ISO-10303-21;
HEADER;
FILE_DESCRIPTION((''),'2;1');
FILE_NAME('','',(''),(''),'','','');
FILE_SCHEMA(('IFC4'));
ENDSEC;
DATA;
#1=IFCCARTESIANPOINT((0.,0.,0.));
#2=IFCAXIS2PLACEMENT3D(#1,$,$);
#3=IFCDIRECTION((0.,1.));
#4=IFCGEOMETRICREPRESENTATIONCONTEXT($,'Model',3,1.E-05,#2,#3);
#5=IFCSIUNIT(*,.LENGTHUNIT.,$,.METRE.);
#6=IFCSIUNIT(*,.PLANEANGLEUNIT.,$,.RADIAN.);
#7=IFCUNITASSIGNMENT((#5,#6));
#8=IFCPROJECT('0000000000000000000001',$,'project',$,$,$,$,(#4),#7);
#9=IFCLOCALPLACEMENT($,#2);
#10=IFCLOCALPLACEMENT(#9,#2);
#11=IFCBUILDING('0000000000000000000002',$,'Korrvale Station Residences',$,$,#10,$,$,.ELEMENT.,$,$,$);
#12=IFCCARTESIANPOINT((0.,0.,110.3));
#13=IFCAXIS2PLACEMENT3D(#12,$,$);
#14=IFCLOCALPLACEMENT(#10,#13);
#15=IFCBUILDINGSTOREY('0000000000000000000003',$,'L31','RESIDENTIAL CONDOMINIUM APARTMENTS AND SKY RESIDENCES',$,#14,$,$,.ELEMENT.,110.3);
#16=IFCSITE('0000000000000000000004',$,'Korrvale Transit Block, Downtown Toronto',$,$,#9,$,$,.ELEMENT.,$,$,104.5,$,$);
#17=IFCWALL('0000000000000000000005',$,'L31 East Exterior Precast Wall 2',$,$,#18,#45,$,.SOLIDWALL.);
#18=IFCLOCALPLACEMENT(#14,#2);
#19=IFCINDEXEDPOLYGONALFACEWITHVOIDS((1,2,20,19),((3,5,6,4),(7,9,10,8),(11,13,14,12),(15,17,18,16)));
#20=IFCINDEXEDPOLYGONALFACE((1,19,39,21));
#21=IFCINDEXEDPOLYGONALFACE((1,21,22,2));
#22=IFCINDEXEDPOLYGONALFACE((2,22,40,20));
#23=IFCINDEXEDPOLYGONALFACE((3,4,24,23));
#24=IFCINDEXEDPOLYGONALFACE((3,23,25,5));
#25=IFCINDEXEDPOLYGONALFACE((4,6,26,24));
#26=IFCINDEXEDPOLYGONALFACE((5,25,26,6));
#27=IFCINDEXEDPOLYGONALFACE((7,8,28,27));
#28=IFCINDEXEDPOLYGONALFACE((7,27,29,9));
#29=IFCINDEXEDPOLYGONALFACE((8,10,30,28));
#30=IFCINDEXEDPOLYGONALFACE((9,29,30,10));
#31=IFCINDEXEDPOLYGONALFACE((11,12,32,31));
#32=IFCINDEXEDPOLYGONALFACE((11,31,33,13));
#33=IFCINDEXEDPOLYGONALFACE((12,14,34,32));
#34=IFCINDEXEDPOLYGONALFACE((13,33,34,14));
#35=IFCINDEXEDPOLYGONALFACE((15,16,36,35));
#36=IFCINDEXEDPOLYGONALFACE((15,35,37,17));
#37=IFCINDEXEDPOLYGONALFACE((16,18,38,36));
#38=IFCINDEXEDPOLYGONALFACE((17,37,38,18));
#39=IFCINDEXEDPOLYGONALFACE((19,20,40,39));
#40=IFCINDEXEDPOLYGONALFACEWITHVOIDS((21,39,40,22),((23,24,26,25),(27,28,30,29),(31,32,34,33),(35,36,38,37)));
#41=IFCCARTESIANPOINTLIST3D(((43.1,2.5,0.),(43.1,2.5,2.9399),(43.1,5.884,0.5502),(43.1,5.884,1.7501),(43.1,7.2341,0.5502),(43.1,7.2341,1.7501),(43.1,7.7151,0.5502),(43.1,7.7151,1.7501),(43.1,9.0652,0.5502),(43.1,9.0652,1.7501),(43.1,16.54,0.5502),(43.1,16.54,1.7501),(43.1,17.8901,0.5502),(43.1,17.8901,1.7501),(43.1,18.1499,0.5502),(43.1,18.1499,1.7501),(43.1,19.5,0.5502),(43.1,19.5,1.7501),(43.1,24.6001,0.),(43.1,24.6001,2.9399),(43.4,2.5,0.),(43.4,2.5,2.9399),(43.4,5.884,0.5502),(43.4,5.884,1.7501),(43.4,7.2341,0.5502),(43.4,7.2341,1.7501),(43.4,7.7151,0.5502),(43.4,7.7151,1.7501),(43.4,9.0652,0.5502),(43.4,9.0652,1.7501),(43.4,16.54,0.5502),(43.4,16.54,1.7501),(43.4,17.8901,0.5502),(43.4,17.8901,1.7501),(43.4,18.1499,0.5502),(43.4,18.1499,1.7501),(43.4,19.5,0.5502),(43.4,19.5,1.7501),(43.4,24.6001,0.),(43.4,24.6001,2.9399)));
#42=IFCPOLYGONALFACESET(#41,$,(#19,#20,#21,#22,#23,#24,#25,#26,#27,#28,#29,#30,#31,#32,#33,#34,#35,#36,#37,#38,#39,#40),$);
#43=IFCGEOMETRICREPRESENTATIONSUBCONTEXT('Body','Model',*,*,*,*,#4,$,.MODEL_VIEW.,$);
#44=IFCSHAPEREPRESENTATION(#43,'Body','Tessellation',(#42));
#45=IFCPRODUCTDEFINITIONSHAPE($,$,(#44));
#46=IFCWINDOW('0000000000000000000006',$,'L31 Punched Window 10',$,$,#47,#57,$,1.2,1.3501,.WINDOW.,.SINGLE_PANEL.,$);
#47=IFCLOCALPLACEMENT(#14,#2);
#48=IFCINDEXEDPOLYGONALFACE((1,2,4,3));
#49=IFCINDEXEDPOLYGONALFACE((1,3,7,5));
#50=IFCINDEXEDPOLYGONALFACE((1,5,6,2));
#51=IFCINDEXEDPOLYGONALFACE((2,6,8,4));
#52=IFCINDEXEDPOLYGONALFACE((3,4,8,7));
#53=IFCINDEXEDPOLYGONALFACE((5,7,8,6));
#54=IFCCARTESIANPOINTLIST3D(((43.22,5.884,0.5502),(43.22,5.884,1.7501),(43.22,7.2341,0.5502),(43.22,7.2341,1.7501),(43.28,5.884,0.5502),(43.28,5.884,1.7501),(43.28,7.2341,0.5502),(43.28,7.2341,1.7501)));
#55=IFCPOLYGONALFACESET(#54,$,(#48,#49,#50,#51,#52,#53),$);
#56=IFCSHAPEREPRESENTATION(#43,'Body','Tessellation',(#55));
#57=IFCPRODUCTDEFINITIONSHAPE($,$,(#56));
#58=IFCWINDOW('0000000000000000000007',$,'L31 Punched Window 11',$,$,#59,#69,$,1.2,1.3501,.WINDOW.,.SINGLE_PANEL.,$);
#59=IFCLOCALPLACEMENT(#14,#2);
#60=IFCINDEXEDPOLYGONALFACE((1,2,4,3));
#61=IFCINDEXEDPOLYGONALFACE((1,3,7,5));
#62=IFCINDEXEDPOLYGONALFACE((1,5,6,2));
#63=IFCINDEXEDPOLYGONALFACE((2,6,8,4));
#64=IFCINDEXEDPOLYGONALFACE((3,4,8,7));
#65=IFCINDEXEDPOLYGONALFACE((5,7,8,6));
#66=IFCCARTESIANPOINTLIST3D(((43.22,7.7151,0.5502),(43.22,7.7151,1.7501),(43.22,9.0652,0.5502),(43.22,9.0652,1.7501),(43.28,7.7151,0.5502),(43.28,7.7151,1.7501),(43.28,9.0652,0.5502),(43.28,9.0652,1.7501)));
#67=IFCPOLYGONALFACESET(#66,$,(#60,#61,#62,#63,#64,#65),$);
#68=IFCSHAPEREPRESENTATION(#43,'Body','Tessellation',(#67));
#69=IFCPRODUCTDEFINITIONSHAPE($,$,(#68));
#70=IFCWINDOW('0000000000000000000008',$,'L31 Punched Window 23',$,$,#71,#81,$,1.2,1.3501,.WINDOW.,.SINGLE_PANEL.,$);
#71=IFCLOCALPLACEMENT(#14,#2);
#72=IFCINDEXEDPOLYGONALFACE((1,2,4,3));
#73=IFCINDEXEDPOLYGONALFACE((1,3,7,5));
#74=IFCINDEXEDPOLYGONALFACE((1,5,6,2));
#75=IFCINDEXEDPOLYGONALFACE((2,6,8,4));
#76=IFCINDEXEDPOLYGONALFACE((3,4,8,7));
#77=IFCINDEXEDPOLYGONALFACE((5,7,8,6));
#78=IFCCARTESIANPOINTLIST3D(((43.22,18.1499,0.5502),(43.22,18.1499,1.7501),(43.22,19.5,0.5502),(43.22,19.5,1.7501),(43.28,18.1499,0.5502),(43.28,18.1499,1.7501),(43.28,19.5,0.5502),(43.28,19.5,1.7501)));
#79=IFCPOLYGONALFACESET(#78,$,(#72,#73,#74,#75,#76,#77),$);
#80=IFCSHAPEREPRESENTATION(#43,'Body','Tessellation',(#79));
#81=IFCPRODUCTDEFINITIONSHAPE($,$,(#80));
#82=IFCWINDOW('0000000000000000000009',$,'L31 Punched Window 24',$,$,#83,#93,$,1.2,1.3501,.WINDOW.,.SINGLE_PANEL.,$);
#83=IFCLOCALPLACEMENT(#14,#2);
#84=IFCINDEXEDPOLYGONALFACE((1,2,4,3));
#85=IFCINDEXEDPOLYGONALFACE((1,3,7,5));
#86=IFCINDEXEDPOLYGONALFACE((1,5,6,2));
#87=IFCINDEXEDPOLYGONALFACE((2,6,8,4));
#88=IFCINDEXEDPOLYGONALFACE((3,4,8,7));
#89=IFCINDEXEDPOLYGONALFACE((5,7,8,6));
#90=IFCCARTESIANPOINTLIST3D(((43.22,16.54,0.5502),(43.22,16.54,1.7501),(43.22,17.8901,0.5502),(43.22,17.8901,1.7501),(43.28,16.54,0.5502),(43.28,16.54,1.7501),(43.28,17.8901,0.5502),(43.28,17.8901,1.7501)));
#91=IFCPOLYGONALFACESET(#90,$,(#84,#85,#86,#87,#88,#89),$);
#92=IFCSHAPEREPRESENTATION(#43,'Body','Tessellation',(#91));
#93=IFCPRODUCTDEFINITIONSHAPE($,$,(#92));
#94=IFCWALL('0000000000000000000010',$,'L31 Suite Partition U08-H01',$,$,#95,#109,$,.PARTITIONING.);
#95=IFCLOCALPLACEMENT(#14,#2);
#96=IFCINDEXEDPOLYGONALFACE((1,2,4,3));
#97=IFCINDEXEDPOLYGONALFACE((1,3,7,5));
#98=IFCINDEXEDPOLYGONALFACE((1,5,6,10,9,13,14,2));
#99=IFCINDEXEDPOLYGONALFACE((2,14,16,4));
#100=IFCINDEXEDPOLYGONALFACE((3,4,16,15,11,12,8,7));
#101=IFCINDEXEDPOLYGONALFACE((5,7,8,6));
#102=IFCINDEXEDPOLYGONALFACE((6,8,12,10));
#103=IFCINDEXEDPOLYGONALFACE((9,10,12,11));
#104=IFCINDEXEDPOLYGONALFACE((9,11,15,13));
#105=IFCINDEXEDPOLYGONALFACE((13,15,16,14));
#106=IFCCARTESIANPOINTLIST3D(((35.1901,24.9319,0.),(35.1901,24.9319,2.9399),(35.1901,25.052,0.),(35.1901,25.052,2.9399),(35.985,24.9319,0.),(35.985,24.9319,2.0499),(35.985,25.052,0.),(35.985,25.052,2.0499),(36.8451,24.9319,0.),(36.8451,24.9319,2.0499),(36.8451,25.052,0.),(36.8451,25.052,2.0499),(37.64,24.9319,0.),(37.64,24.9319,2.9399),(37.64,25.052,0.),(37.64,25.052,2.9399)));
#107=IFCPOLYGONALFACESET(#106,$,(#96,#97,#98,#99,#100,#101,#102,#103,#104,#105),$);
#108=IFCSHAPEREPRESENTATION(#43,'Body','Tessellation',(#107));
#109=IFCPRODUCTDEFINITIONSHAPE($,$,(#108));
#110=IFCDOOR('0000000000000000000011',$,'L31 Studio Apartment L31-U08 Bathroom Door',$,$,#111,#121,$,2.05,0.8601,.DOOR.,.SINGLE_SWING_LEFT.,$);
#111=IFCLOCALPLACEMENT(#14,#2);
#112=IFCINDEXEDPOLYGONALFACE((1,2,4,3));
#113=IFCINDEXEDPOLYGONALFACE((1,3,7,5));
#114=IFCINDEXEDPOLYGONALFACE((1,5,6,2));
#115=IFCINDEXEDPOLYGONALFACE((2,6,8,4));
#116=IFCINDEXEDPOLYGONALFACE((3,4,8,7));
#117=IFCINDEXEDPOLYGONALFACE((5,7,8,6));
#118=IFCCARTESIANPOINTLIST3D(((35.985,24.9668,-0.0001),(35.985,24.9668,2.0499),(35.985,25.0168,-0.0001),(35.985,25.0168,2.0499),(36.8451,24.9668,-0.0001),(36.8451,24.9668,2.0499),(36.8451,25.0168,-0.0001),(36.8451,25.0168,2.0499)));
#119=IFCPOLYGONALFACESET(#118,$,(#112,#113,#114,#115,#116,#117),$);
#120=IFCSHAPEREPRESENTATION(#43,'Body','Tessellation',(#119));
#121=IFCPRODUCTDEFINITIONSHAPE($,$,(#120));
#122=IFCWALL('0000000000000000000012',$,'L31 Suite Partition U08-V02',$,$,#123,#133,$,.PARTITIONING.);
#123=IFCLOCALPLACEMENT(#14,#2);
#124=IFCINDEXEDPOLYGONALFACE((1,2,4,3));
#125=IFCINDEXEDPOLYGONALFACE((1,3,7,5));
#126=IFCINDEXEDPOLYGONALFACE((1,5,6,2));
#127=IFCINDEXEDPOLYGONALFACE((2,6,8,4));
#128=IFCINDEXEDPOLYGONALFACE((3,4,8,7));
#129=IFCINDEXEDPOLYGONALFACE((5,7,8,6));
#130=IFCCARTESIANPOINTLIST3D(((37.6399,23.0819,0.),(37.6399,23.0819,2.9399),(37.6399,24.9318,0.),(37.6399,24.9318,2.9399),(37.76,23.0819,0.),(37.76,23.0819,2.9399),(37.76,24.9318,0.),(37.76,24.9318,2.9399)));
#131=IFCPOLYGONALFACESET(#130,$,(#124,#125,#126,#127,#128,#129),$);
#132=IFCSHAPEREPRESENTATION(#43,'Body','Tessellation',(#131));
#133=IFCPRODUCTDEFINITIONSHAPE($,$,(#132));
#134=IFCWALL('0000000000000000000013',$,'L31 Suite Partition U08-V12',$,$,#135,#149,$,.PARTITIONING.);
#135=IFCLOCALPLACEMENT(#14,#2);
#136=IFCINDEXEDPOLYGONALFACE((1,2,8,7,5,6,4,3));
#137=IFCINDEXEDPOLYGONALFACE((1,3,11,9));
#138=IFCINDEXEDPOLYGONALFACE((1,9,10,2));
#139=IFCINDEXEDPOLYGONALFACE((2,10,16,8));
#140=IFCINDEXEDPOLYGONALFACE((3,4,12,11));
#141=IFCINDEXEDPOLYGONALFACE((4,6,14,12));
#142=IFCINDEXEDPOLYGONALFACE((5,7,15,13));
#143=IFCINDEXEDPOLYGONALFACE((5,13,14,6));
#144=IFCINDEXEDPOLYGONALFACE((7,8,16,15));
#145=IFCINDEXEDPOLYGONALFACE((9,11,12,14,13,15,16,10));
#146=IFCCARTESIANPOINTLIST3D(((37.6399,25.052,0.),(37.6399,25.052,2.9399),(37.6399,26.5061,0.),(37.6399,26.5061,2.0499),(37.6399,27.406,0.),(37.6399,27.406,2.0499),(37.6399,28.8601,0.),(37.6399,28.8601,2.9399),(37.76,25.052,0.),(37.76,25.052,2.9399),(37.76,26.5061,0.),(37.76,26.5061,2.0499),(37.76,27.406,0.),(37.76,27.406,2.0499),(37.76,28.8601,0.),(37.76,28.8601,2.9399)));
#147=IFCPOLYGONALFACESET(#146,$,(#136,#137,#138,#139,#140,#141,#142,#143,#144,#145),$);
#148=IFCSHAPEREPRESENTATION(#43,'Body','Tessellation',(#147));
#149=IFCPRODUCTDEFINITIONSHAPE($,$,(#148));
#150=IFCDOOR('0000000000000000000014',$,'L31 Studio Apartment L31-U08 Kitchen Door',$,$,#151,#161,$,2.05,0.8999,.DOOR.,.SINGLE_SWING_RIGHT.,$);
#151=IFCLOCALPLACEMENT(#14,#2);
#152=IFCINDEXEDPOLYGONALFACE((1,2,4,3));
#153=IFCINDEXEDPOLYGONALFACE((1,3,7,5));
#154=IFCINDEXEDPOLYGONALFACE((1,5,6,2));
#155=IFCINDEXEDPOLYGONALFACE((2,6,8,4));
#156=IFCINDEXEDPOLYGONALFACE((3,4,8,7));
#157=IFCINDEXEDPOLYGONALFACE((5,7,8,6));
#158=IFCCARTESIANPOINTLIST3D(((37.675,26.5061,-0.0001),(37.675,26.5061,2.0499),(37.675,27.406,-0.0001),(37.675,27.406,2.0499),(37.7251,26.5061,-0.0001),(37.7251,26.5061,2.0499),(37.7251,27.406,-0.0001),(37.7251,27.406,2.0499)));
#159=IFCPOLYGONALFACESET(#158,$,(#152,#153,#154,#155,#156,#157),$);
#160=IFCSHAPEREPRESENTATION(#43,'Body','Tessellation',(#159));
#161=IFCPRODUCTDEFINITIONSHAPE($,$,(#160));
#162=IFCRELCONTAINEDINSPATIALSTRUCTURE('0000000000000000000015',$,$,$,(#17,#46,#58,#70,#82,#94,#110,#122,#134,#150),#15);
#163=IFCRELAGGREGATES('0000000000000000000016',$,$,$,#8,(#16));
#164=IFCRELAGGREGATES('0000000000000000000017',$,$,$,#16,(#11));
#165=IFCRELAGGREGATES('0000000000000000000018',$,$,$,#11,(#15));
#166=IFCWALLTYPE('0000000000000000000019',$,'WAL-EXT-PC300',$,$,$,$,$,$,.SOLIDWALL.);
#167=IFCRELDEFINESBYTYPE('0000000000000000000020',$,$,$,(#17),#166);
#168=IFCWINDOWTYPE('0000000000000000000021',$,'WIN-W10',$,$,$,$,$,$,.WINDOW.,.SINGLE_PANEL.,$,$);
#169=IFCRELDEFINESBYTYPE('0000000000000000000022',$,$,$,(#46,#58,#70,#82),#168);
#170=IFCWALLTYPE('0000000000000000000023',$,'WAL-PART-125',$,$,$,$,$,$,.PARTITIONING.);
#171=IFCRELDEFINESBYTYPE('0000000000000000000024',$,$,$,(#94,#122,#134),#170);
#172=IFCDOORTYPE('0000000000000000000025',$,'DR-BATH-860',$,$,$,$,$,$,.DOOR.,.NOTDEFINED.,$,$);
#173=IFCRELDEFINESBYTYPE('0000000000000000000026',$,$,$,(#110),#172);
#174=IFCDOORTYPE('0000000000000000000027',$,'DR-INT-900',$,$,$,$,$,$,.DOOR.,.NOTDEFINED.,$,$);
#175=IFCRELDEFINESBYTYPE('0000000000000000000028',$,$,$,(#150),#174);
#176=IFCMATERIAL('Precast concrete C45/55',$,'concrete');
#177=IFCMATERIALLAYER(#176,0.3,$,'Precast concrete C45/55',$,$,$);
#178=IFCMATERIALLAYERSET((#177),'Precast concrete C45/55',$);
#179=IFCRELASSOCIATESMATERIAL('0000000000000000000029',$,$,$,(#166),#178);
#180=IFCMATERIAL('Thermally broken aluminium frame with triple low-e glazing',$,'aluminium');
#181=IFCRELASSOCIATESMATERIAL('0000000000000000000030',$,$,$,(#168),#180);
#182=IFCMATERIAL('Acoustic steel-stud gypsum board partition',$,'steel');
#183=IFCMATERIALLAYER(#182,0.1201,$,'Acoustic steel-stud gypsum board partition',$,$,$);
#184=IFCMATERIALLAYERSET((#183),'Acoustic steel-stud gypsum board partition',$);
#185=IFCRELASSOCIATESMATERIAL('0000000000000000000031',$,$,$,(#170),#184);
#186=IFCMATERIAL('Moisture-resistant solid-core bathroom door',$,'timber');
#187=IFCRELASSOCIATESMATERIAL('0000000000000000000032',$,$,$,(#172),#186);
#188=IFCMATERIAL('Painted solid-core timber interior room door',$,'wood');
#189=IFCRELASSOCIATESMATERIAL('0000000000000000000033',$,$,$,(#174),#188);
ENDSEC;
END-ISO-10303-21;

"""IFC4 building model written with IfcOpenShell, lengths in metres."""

from ifc_helpers import new_model, si_unit, direction, frame, frame_2d, origin, place, context, subcontext, project, spatial, rectangle, extrude, material, layer, layer_set, type_object, element, fill, save


model = new_model("IFC4")

# Units and contexts
model_context = context("Model", 3, precision=1e-05, world=origin(), true_north=direction((0.0, 1.0)))
body_context = subcontext(model_context, "Body", "Model", "MODEL_VIEW")
ifc_project = project(units=[si_unit("LENGTHUNIT", "METRE"), si_unit("PLANEANGLEUNIT", "RADIAN")], contexts=[model_context])

# Site, building, storey
site_placement = place(None, origin())
site = spatial("IfcSite", under=ifc_project, at=site_placement, Name="Korrvale Transit Block, Downtown Toronto", CompositionType="ELEMENT", RefElevation=104.5)
building_placement = place(site_placement, origin())
building = spatial("IfcBuilding", under=site, at=building_placement, Name="Korrvale Station Residences", CompositionType="ELEMENT")
storey_placement = place(building_placement, frame((0.0, 0.0, 110.3)))
storey = spatial("IfcBuildingStorey", under=building, at=storey_placement, Name="L31", Description="RESIDENTIAL CONDOMINIUM APARTMENTS AND SKY RESIDENCES", CompositionType="ELEMENT", Elevation=110.3)

# Shared definitions
ifc_material_1 = material(Name="Precast concrete C45/55", Category="concrete")

# Shared definitions
ifc_material_2 = material(Name="Thermally broken aluminium frame with triple low-e glazing", Category="aluminium")

# Wall, openings, windows
ifc_layer_1 = layer(ifc_material_1, 0.3, Name="Precast concrete C45/55")
ifc_layer_set_1 = layer_set([ifc_layer_1], Name="Precast concrete C45/55")
wall_type_1 = type_object("IfcWallType", Name="WAL-EXT-PC300", PredefinedType="SOLIDWALL", material=ifc_layer_set_1)
wall_1_placement = place(storey_placement, frame((43.25, 24.6001, 0.0), z_axis=(0.0, 0.0, 1.0), x_axis=(0.0, -1.0, 0.0)))
wall_1 = element("IfcWall", 1, at=wall_1_placement, inside=storey, type_object=wall_type_1, Name="L31 East Exterior Precast Wall 2", PredefinedType="SOLIDWALL", context=body_context, shape_type="SweptSolid", body=[
    extrude(rectangle(XDim=22.1001, YDim=0.3, at=frame_2d((11.05, 0.0))), origin(), (0.0, 0.0, 1.0), 2.9399),
])
opening_1_placement = place(wall_1_placement, frame((17.366, 0.0, 0.55)))
opening_1 = element("IfcOpeningElement", 2, at=opening_1_placement, cuts=wall_1, PredefinedType="OPENING", context=body_context, shape_type="SweptSolid", body=[
    extrude(rectangle(XDim=1.3501, YDim=1.2, at=frame_2d((0.675, 0.6001))), frame((0.0, 0.1602, 0.0), z_axis=(0.0, -1.0, 0.0), x_axis=(1.0, 0.0, 0.0)), (0.0, 0.0, 1.0), 0.3201),
])
opening_2_placement = place(wall_1_placement, frame((15.5349, 0.0, 0.55)))
opening_2 = element("IfcOpeningElement", 3, at=opening_2_placement, cuts=wall_1, PredefinedType="OPENING", context=body_context, shape_type="SweptSolid", body=[
    extrude(rectangle(XDim=1.3501, YDim=1.2, at=frame_2d((0.675, 0.6001))), frame((0.0, 0.1602, 0.0), z_axis=(0.0, -1.0, 0.0), x_axis=(1.0, 0.0, 0.0)), (0.0, 0.0, 1.0), 0.3201),
])
opening_3_placement = place(wall_1_placement, frame((5.1001, 0.0, 0.55)))
opening_3 = element("IfcOpeningElement", 4, at=opening_3_placement, cuts=wall_1, PredefinedType="OPENING", context=body_context, shape_type="SweptSolid", body=[
    extrude(rectangle(XDim=1.3501, YDim=1.2, at=frame_2d((0.675, 0.6001))), frame((0.0, 0.1602, 0.0), z_axis=(0.0, -1.0, 0.0), x_axis=(1.0, 0.0, 0.0)), (0.0, 0.0, 1.0), 0.3201),
])
opening_4_placement = place(wall_1_placement, frame((6.71, 0.0, 0.55)))
opening_4 = element("IfcOpeningElement", 5, at=opening_4_placement, cuts=wall_1, PredefinedType="OPENING", context=body_context, shape_type="SweptSolid", body=[
    extrude(rectangle(XDim=1.3501, YDim=1.2, at=frame_2d((0.675, 0.6001))), frame((0.0, 0.1602, 0.0), z_axis=(0.0, -1.0, 0.0), x_axis=(1.0, 0.0, 0.0)), (0.0, 0.0, 1.0), 0.3201),
])
window_type_1 = type_object("IfcWindowType", Name="WIN-W10", PartitioningType="SINGLE_PANEL", PredefinedType="WINDOW", material=ifc_material_2)
window_1_placement = place(opening_1_placement, origin())
window_1 = element("IfcWindow", 6, at=window_1_placement, inside=storey, type_object=window_type_1, Name="L31 Punched Window 10", OverallHeight=1.2, OverallWidth=1.3501, PartitioningType="SINGLE_PANEL", PredefinedType="WINDOW", context=body_context, shape_type="SweptSolid", body=[
    extrude(rectangle(XDim=1.3501, YDim=1.2, at=frame_2d((0.675, 0.6001))), frame((0.0, 0.03, 0.0), z_axis=(0.0, -1.0, 0.0), x_axis=(1.0, 0.0, 0.0)), (0.0, 0.0, 1.0), 0.0601),
])
fill(opening_1, window_1)
window_2_placement = place(opening_2_placement, origin())
window_2 = element("IfcWindow", 7, at=window_2_placement, inside=storey, type_object=window_type_1, Name="L31 Punched Window 11", OverallHeight=1.2, OverallWidth=1.3501, PartitioningType="SINGLE_PANEL", PredefinedType="WINDOW", context=body_context, shape_type="SweptSolid", body=[
    extrude(rectangle(XDim=1.3501, YDim=1.2, at=frame_2d((0.675, 0.6001))), frame((0.0, 0.03, 0.0), z_axis=(0.0, -1.0, 0.0), x_axis=(1.0, 0.0, 0.0)), (0.0, 0.0, 1.0), 0.0601),
])
fill(opening_2, window_2)
window_3_placement = place(opening_3_placement, origin())
window_3 = element("IfcWindow", 8, at=window_3_placement, inside=storey, type_object=window_type_1, Name="L31 Punched Window 23", OverallHeight=1.2, OverallWidth=1.3501, PartitioningType="SINGLE_PANEL", PredefinedType="WINDOW", context=body_context, shape_type="SweptSolid", body=[
    extrude(rectangle(XDim=1.3501, YDim=1.2, at=frame_2d((0.675, 0.6001))), frame((0.0, 0.03, 0.0), z_axis=(0.0, -1.0, 0.0), x_axis=(1.0, 0.0, 0.0)), (0.0, 0.0, 1.0), 0.0601),
])
fill(opening_3, window_3)
window_4_placement = place(opening_4_placement, origin())
window_4 = element("IfcWindow", 9, at=window_4_placement, inside=storey, type_object=window_type_1, Name="L31 Punched Window 24", OverallHeight=1.2, OverallWidth=1.3501, PartitioningType="SINGLE_PANEL", PredefinedType="WINDOW", context=body_context, shape_type="SweptSolid", body=[
    extrude(rectangle(XDim=1.3501, YDim=1.2, at=frame_2d((0.675, 0.6001))), frame((0.0, 0.03, 0.0), z_axis=(0.0, -1.0, 0.0), x_axis=(1.0, 0.0, 0.0)), (0.0, 0.0, 1.0), 0.0601),
])
fill(opening_4, window_4)

# Wall, opening, door
ifc_material_3 = material(Name="Acoustic steel-stud gypsum board partition", Category="steel")
ifc_layer_2 = layer(ifc_material_3, 0.1201, Name="Acoustic steel-stud gypsum board partition")
ifc_layer_set_2 = layer_set([ifc_layer_2], Name="Acoustic steel-stud gypsum board partition")
wall_type_2 = type_object("IfcWallType", Name="WAL-PART-125", PredefinedType="PARTITIONING", material=ifc_layer_set_2)
wall_2_placement = place(storey_placement, frame((35.1899, 24.9919, 0.0), z_axis=(0.0, 0.0, 1.0), x_axis=(1.0, 0.0, 0.0)))
wall_2 = element("IfcWall", 10, at=wall_2_placement, inside=storey, type_object=wall_type_2, Name="L31 Suite Partition U08-H01", PredefinedType="PARTITIONING", context=body_context, shape_type="SweptSolid", body=[
    extrude(rectangle(XDim=2.45, YDim=0.1201, at=frame_2d((1.2251, 0.0))), origin(), (0.0, 0.0, 1.0), 2.9399),
])
opening_5_placement = place(wall_2_placement, frame((0.7949, 0.0, 0.0)))
opening_5 = element("IfcOpeningElement", 11, at=opening_5_placement, cuts=wall_2, PredefinedType="OPENING", context=body_context, shape_type="SweptSolid", body=[
    extrude(rectangle(XDim=0.8601, YDim=2.05, at=frame_2d((0.4302, 1.0249))), frame((0.0, 0.0701, 0.0), z_axis=(0.0, -1.0, 0.0), x_axis=(1.0, 0.0, 0.0)), (0.0, 0.0, 1.0), 0.1401),
])
ifc_material_4 = material(Name="Moisture-resistant solid-core bathroom door", Category="timber")
door_type_1 = type_object("IfcDoorType", Name="DR-BATH-860", OperationType="NOTDEFINED", PredefinedType="DOOR", material=ifc_material_4)
door_1_placement = place(opening_5_placement, origin())
door_1 = element("IfcDoor", 12, at=door_1_placement, inside=storey, type_object=door_type_1, Name="L31 Studio Apartment L31-U08 Bathroom Door", OperationType="SINGLE_SWING_LEFT", OverallHeight=2.05, OverallWidth=0.8601, PredefinedType="DOOR", context=body_context, shape_type="SweptSolid", body=[
    extrude(rectangle(XDim=0.8601, YDim=2.05, at=frame_2d((0.4302, 1.0249))), frame((0.0, 0.0249, 0.0), z_axis=(0.0, -1.0, 0.0), x_axis=(1.0, 0.0, 0.0)), (0.0, 0.0, 1.0), 0.05),
])
fill(opening_5, door_1)

# Wall
wall_3_placement = place(storey_placement, frame((37.7, 23.082, 0.0), z_axis=(0.0, 0.0, 1.0), x_axis=(0.0, 1.0, 0.0)))
element("IfcWall", 13, at=wall_3_placement, inside=storey, type_object=wall_type_2, Name="L31 Suite Partition U08-V02", PredefinedType="PARTITIONING", context=body_context, shape_type="SweptSolid", body=[
    extrude(rectangle(XDim=1.8499, YDim=0.1201, at=frame_2d((0.9248, 0.0))), origin(), (0.0, 0.0, 1.0), 2.9399),
])

# Wall, opening, door
wall_4_placement = place(storey_placement, frame((37.7, 25.052, 0.0), z_axis=(0.0, 0.0, 1.0), x_axis=(0.0, 1.0, 0.0)))
wall_4 = element("IfcWall", 14, at=wall_4_placement, inside=storey, type_object=wall_type_2, Name="L31 Suite Partition U08-V12", PredefinedType="PARTITIONING", context=body_context, shape_type="SweptSolid", body=[
    extrude(rectangle(XDim=3.8081, YDim=0.1201, at=frame_2d((1.9041, 0.0))), origin(), (0.0, 0.0, 1.0), 2.9399),
])
opening_6_placement = place(wall_4_placement, frame((1.4541, 0.0, 0.0)))
opening_6 = element("IfcOpeningElement", 15, at=opening_6_placement, cuts=wall_4, PredefinedType="OPENING", context=body_context, shape_type="SweptSolid", body=[
    extrude(rectangle(XDim=0.8999, YDim=2.05, at=frame_2d((0.45, 1.0249))), frame((0.0, 0.0701, 0.0), z_axis=(0.0, -1.0, 0.0), x_axis=(1.0, 0.0, 0.0)), (0.0, 0.0, 1.0), 0.1401),
])
ifc_material_5 = material(Name="Painted solid-core timber interior room door", Category="wood")
door_type_2 = type_object("IfcDoorType", Name="DR-INT-900", OperationType="NOTDEFINED", PredefinedType="DOOR", material=ifc_material_5)
door_2_placement = place(opening_6_placement, origin())
door_2 = element("IfcDoor", 16, at=door_2_placement, inside=storey, type_object=door_type_2, Name="L31 Studio Apartment L31-U08 Kitchen Door", OperationType="SINGLE_SWING_RIGHT", OverallHeight=2.05, OverallWidth=0.8999, PredefinedType="DOOR", context=body_context, shape_type="SweptSolid", body=[
    extrude(rectangle(XDim=0.8999, YDim=2.05, at=frame_2d((0.45, 1.0249))), frame((0.0, 0.0249, 0.0), z_axis=(0.0, -1.0, 0.0), x_axis=(1.0, 0.0, 0.0)), (0.0, 0.0, 1.0), 0.05),
])
fill(opening_6, door_2)

save(model, "model.ifc")
